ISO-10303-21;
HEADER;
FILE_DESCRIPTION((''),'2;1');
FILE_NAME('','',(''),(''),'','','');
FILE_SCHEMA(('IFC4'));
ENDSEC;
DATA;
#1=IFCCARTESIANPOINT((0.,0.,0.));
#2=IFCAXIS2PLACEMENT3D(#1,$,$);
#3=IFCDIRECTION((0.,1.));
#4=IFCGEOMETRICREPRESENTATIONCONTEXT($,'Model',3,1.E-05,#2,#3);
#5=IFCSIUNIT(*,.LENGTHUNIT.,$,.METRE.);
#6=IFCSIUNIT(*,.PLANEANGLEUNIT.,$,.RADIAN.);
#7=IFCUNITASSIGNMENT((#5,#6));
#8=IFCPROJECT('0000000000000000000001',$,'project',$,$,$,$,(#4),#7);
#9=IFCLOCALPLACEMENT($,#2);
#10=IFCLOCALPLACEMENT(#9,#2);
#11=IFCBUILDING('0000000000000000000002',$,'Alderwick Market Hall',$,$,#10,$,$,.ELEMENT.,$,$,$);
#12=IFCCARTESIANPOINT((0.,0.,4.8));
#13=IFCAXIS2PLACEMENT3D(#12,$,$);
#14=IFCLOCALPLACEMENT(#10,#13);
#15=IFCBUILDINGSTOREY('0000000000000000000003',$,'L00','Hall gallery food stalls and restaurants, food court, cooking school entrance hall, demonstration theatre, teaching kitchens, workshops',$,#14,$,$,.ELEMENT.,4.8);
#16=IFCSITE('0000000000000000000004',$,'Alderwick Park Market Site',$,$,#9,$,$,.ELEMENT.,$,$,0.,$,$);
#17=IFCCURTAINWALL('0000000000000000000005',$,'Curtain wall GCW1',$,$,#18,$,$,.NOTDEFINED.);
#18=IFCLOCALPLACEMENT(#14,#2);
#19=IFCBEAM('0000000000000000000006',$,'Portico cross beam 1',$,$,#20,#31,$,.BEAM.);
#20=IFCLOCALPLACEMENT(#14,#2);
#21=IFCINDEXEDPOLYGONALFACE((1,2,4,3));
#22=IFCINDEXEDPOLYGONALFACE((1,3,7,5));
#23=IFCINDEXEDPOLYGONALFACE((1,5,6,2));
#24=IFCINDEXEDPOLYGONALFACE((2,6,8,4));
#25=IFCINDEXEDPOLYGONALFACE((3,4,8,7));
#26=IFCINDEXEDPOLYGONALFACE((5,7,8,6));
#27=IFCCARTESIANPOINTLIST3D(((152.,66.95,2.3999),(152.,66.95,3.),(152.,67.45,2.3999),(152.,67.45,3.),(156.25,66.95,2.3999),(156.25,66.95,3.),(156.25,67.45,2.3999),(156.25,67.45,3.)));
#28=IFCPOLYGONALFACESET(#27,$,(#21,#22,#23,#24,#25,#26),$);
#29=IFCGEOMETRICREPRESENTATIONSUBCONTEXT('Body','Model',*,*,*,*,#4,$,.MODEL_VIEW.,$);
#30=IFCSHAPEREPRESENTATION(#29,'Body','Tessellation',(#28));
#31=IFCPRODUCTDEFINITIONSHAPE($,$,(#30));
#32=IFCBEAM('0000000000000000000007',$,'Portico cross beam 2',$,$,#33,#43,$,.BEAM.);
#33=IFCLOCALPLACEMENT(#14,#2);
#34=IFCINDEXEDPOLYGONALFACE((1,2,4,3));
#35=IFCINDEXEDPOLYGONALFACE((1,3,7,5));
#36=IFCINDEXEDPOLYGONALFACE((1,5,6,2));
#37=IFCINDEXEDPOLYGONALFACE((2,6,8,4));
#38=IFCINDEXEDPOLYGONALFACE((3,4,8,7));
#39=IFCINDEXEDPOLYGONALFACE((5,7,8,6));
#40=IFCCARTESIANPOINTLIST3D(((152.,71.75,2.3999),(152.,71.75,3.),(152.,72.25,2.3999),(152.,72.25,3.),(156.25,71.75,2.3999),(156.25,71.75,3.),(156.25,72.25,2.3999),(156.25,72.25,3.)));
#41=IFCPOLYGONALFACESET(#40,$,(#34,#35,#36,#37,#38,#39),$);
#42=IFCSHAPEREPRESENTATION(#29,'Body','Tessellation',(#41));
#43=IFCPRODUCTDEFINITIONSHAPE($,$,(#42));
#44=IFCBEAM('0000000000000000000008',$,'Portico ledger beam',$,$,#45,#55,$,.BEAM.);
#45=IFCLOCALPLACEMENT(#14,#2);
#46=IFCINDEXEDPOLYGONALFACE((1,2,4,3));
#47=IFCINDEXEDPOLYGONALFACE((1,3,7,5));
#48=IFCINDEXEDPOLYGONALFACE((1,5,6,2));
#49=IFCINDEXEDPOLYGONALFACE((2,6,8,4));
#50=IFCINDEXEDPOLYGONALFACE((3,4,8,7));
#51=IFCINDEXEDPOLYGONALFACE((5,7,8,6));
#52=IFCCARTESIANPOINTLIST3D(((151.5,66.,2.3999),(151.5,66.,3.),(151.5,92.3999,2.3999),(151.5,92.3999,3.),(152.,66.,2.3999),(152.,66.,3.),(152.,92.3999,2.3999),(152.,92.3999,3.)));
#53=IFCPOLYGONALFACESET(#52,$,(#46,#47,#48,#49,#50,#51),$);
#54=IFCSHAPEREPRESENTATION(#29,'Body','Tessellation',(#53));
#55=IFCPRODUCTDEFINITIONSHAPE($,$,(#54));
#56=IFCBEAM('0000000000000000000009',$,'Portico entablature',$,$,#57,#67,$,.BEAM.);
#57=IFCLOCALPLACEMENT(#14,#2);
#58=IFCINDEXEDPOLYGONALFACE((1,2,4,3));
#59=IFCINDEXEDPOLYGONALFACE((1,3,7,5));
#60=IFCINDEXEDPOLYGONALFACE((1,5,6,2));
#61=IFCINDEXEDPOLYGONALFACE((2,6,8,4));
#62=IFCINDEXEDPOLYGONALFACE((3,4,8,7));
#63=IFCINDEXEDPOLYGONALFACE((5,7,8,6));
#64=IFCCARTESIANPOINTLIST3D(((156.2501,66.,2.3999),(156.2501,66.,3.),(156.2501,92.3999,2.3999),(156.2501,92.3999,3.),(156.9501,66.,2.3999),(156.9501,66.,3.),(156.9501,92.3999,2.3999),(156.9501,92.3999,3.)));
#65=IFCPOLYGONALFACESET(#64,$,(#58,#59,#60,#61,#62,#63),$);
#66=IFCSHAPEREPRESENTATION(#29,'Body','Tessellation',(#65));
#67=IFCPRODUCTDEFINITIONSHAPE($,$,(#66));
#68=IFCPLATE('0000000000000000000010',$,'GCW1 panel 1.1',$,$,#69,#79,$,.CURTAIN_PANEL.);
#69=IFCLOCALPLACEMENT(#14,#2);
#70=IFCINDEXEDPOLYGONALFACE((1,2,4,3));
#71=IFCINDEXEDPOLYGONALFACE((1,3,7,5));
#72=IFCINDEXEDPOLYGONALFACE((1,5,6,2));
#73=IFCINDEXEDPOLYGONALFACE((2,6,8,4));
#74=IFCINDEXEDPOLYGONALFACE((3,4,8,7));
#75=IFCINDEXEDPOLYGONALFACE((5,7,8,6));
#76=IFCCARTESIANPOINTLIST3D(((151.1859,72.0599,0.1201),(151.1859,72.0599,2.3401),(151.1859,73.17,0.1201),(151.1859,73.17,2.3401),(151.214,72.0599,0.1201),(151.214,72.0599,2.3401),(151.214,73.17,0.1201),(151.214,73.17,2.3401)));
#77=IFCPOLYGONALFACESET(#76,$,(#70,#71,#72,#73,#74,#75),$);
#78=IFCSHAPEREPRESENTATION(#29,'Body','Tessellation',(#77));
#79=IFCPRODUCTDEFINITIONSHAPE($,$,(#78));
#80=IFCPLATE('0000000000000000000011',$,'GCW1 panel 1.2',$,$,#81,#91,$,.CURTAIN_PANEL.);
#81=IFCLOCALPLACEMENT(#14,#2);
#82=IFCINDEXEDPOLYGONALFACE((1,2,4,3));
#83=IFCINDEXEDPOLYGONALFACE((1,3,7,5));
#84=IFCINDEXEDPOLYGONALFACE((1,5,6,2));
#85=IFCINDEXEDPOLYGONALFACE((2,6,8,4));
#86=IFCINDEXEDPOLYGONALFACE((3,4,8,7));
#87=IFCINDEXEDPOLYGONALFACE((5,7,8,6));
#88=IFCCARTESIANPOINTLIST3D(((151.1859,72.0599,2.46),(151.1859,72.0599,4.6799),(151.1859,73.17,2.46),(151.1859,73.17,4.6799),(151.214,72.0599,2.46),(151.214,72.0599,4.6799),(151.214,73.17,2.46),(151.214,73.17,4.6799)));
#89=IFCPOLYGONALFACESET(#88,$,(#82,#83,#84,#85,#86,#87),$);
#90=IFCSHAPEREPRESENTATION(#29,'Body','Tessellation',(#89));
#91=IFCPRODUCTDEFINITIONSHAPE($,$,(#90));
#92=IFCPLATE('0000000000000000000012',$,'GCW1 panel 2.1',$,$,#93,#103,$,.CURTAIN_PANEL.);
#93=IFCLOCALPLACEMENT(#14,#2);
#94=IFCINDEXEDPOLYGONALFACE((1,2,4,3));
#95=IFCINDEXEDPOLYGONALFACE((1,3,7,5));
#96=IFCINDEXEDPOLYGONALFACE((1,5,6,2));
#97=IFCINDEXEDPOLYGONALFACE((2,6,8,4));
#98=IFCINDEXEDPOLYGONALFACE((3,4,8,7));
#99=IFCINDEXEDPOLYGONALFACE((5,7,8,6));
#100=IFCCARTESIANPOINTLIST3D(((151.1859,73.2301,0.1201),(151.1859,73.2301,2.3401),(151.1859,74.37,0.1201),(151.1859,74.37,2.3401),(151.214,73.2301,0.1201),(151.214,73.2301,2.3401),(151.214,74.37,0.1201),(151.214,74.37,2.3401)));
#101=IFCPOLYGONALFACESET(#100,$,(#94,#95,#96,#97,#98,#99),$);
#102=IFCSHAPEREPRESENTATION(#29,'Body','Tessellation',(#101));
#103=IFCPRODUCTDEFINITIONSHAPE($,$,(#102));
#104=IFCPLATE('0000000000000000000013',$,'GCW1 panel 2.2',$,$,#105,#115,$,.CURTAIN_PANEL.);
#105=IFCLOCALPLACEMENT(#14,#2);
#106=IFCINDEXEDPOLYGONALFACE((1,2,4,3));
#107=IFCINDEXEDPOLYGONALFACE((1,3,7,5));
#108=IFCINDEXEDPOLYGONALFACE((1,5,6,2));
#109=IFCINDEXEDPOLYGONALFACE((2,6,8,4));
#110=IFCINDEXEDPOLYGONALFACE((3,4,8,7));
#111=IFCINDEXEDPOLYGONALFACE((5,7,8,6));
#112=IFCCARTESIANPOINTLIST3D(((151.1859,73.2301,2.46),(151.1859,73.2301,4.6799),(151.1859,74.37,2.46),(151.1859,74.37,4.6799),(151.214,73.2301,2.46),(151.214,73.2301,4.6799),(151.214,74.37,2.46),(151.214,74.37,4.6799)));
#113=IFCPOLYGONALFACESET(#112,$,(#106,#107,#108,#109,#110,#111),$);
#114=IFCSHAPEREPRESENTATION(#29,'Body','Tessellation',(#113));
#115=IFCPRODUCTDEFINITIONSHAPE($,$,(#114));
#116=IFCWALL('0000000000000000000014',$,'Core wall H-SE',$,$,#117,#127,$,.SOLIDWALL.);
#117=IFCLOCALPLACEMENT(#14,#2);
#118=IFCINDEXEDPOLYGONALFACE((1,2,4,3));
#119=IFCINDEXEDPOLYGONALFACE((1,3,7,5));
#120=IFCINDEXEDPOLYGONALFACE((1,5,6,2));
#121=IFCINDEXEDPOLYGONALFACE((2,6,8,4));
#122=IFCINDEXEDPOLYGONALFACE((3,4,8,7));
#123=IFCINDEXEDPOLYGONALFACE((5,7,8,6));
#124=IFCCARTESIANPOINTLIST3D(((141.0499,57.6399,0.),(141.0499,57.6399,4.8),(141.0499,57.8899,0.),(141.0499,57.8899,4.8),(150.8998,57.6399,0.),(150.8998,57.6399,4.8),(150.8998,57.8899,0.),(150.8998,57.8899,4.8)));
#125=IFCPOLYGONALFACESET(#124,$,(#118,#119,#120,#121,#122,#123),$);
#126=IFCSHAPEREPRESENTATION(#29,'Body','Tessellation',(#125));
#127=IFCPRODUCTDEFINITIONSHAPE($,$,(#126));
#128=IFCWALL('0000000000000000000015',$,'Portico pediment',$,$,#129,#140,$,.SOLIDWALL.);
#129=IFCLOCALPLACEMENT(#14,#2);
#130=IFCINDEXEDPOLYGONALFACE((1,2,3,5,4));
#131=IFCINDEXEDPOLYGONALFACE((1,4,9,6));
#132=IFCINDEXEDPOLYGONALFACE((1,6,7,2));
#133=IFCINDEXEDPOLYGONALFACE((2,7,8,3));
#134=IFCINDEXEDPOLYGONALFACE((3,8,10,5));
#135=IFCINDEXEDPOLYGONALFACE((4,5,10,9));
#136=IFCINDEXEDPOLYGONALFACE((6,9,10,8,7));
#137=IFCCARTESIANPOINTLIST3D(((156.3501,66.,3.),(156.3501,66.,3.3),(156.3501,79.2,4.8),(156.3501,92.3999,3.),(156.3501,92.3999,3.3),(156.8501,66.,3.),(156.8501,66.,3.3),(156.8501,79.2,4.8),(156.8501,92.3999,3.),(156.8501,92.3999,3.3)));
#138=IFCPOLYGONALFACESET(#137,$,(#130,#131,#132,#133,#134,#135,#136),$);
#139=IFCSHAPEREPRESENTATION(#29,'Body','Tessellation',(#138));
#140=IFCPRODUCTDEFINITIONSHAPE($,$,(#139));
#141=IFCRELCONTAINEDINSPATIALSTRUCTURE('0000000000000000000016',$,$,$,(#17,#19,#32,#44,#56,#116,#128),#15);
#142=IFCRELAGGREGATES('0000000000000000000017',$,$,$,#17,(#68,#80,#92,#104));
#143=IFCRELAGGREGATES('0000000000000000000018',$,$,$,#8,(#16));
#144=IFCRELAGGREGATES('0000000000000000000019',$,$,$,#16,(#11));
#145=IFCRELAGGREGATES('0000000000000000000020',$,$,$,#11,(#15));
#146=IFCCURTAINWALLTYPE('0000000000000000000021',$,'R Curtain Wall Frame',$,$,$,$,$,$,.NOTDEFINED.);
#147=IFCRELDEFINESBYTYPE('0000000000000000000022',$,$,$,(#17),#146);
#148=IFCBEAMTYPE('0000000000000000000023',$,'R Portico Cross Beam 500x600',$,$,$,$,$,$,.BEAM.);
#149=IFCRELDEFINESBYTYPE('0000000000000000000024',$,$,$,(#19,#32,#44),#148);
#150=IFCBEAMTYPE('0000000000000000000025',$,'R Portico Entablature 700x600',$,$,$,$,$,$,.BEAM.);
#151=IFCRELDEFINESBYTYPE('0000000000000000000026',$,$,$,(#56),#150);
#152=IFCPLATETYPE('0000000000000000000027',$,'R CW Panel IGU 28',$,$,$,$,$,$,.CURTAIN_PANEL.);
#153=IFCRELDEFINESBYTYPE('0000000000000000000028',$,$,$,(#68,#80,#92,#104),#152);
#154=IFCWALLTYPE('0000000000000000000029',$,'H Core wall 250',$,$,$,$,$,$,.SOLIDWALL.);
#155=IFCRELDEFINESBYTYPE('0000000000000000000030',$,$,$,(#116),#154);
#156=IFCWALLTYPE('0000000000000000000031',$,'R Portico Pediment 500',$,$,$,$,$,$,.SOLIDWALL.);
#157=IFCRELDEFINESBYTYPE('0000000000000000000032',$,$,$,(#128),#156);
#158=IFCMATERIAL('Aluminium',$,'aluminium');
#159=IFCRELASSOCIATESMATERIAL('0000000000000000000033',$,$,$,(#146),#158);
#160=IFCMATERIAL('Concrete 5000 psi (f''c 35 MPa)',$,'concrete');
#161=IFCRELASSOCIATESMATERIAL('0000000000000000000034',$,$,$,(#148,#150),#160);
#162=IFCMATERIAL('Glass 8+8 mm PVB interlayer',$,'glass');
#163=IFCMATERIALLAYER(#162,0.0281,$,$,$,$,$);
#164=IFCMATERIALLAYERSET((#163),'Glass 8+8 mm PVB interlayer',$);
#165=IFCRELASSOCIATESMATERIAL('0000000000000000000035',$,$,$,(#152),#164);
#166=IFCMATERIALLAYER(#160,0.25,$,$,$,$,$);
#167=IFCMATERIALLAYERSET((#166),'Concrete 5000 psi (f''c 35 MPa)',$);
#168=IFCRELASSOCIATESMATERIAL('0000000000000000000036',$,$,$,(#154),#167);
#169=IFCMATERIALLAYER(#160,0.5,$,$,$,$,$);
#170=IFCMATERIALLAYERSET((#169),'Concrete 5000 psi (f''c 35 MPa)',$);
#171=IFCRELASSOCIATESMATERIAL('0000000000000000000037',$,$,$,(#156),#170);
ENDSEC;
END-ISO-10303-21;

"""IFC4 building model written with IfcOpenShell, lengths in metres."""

from ifc_helpers import new_model, si_unit, direction, frame, frame_2d, origin, origin_2d, place, context, subcontext, project, spatial, polyline, rectangle, outline, extrude, material, layer, layer_set, material_profile, profile_set, type_object, element, aggregate, save


model = new_model("IFC4")

# Units and contexts
model_context = context("Model", 3, precision=1e-05, world=origin(), true_north=direction((0.0, 1.0)))
body_context = subcontext(model_context, "Body", "Model", "MODEL_VIEW")
ifc_project = project(units=[si_unit("LENGTHUNIT", "METRE"), si_unit("PLANEANGLEUNIT", "RADIAN")], contexts=[model_context])

# Site, building, storey
site_placement = place(None, origin())
site = spatial("IfcSite", under=ifc_project, at=site_placement, Name="Alderwick Park Market Site", CompositionType="ELEMENT", RefElevation=0.0)
building_placement = place(site_placement, origin())
building = spatial("IfcBuilding", under=site, at=building_placement, Name="Alderwick Market Hall", CompositionType="ELEMENT")
storey_placement = place(building_placement, frame((0.0, 0.0, 4.8)))
storey = spatial("IfcBuildingStorey", under=building, at=storey_placement, Name="L00", Description="Hall gallery food stalls and restaurants, food court, cooking school entrance hall, demonstration theatre, teaching kitchens, workshops", CompositionType="ELEMENT", Elevation=4.8)

# Shared definitions
ifc_material_1 = material(Name="Concrete 5000 psi (f'c 35 MPa)", Category="concrete")

# Curtain wall
ifc_material_2 = material(Name="Aluminium", Category="aluminium")
curtain_wall_type = type_object("IfcCurtainWallType", Name="R Curtain Wall Frame", PredefinedType="NOTDEFINED", material=ifc_material_2)
curtain_wall_placement = place(storey_placement, origin())
curtain_wall = element("IfcCurtainWall", 1, at=curtain_wall_placement, inside=storey, type_object=curtain_wall_type, Name="Curtain wall GCW1", PredefinedType="NOTDEFINED")

# Beams
ifc_material_profile_1 = material_profile(ifc_material_1, rectangle(XDim=0.5, YDim=0.6001, at=origin_2d()), Name="RC 500x600")
ifc_profile_set_1 = profile_set([ifc_material_profile_1], Name="Concrete 5000 psi (f'c 35 MPa)")
beam_type_1 = type_object("IfcBeamType", Name="R Portico Cross Beam 500x600", PredefinedType="BEAM", material=ifc_profile_set_1)
for number, where, z_axis, x_axis, name in (
    (2, (152.0, 67.2, 2.7), (1.0, 0.0, 0.0), (0.0, 1.0, 0.0), "Portico cross beam 1"),
    (3, (152.0, 72.0, 2.7), (1.0, 0.0, 0.0), (0.0, 1.0, 0.0), "Portico cross beam 2"),
):
    element("IfcBeam", number, at=place(storey_placement, frame(where, z_axis=z_axis, x_axis=x_axis)), inside=storey, type_object=beam_type_1, Name=name, PredefinedType="BEAM", context=body_context, shape_type="SweptSolid", body=[
        extrude(rectangle(XDim=0.5, YDim=0.6001, at=origin_2d()), origin(), (0.0, 0.0, 1.0), 4.25),
    ])
beam_1_placement = place(storey_placement, frame((151.75, 66.0, 2.7), z_axis=(0.0, 1.0, 0.0), x_axis=(-1.0, 0.0, 0.0)))
element("IfcBeam", 4, at=beam_1_placement, inside=storey, type_object=beam_type_1, Name="Portico ledger beam", PredefinedType="BEAM", context=body_context, shape_type="SweptSolid", body=[
    extrude(rectangle(XDim=0.5, YDim=0.6001, at=origin_2d()), origin(), (0.0, 0.0, 1.0), 26.3999),
])
ifc_material_profile_2 = material_profile(ifc_material_1, rectangle(XDim=0.7, YDim=0.6001, at=origin_2d()), Name="RC 700x600")
ifc_profile_set_2 = profile_set([ifc_material_profile_2], Name="Concrete 5000 psi (f'c 35 MPa)")
beam_type_2 = type_object("IfcBeamType", Name="R Portico Entablature 700x600", PredefinedType="BEAM", material=ifc_profile_set_2)
beam_2_placement = place(storey_placement, frame((156.6001, 66.0, 2.7), z_axis=(0.0, 1.0, 0.0), x_axis=(-1.0, 0.0, 0.0)))
element("IfcBeam", 5, at=beam_2_placement, inside=storey, type_object=beam_type_2, Name="Portico entablature", PredefinedType="BEAM", context=body_context, shape_type="SweptSolid", body=[
    extrude(rectangle(XDim=0.7, YDim=0.6001, at=origin_2d()), origin(), (0.0, 0.0, 1.0), 26.3999),
])

# Plates
ifc_material_3 = material(Name="Glass 8+8 mm PVB interlayer", Category="glass")
ifc_layer_1 = layer(ifc_material_3, 0.0281)
ifc_layer_set_1 = layer_set([ifc_layer_1], Name="Glass 8+8 mm PVB interlayer")
plate_type = type_object("IfcPlateType", Name="R CW Panel IGU 28", PredefinedType="CURTAIN_PANEL", material=ifc_layer_set_1)
plate_1_placement = place(storey_placement, frame((151.2, 72.615, 0.1201), z_axis=(0.0, 0.0, 1.0), x_axis=(1.0, 0.0, 0.0)))
plate_1 = element("IfcPlate", 6, at=plate_1_placement, type_object=plate_type, Name="GCW1 panel 1.1", PredefinedType="CURTAIN_PANEL", context=body_context, shape_type="SweptSolid", body=[
    extrude(rectangle(XDim=0.0281, YDim=1.1101, at=origin_2d()), origin(), (0.0, 0.0, 1.0), 2.22),
])
plate_2_placement = place(storey_placement, frame((151.2, 72.615, 2.46), z_axis=(0.0, 0.0, 1.0), x_axis=(1.0, 0.0, 0.0)))
plate_2 = element("IfcPlate", 7, at=plate_2_placement, type_object=plate_type, Name="GCW1 panel 1.2", PredefinedType="CURTAIN_PANEL", context=body_context, shape_type="SweptSolid", body=[
    extrude(rectangle(XDim=0.0281, YDim=1.1101, at=origin_2d()), origin(), (0.0, 0.0, 1.0), 2.22),
])
plate_3_placement = place(storey_placement, frame((151.2, 73.8, 0.1201), z_axis=(0.0, 0.0, 1.0), x_axis=(1.0, 0.0, 0.0)))
plate_3 = element("IfcPlate", 8, at=plate_3_placement, type_object=plate_type, Name="GCW1 panel 2.1", PredefinedType="CURTAIN_PANEL", context=body_context, shape_type="SweptSolid", body=[
    extrude(rectangle(XDim=0.0281, YDim=1.1399, at=origin_2d()), origin(), (0.0, 0.0, 1.0), 2.22),
])
plate_4_placement = place(storey_placement, frame((151.2, 73.8, 2.46), z_axis=(0.0, 0.0, 1.0), x_axis=(1.0, 0.0, 0.0)))
plate_4 = element("IfcPlate", 9, at=plate_4_placement, type_object=plate_type, Name="GCW1 panel 2.2", PredefinedType="CURTAIN_PANEL", context=body_context, shape_type="SweptSolid", body=[
    extrude(rectangle(XDim=0.0281, YDim=1.1399, at=origin_2d()), origin(), (0.0, 0.0, 1.0), 2.22),
])
aggregate(curtain_wall, [plate_1, plate_2, plate_3, plate_4])

# Walls
ifc_layer_2 = layer(ifc_material_1, 0.25)
ifc_layer_set_2 = layer_set([ifc_layer_2], Name="Concrete 5000 psi (f'c 35 MPa)")
wall_type_1 = type_object("IfcWallType", Name="H Core wall 250", PredefinedType="SOLIDWALL", material=ifc_layer_set_2)
wall_1_placement = place(storey_placement, frame((141.05, 57.7649, 0.0), z_axis=(0.0, 0.0, 1.0), x_axis=(1.0, 0.0, 0.0)))
element("IfcWall", 10, at=wall_1_placement, inside=storey, type_object=wall_type_1, Name="Core wall H-SE", PredefinedType="SOLIDWALL", context=body_context, shape_type="SweptSolid", body=[
    extrude(rectangle(XDim=9.8499, YDim=0.25, at=frame_2d((4.9248, 0.0))), origin(), (0.0, 0.0, 1.0), 4.8),
])
ifc_layer_3 = layer(ifc_material_1, 0.5)
ifc_layer_set_3 = layer_set([ifc_layer_3], Name="Concrete 5000 psi (f'c 35 MPa)")
wall_type_2 = type_object("IfcWallType", Name="R Portico Pediment 500", PredefinedType="SOLIDWALL", material=ifc_layer_set_3)
wall_2_placement = place(storey_placement, frame((156.6001, 66.0, 3.0), z_axis=(0.0, 0.0, 1.0), x_axis=(0.0, 1.0, 0.0)))
element("IfcWall", 11, at=wall_2_placement, inside=storey, type_object=wall_type_2, Name="Portico pediment", PredefinedType="SOLIDWALL", context=body_context, shape_type="SweptSolid", body=[
    extrude(outline(polyline([(0.0, 0.0), (26.3999, 0.0), (26.3999, 0.3), (13.2, 1.8), (0.0, 0.3), (0.0, 0.0)])), frame((0.0, 0.25, 0.0), z_axis=(0.0, -1.0, 0.0), x_axis=(1.0, 0.0, 0.0)), (0.0, 0.0, 1.0), 0.5),
])

save(model, "model.ifc")
